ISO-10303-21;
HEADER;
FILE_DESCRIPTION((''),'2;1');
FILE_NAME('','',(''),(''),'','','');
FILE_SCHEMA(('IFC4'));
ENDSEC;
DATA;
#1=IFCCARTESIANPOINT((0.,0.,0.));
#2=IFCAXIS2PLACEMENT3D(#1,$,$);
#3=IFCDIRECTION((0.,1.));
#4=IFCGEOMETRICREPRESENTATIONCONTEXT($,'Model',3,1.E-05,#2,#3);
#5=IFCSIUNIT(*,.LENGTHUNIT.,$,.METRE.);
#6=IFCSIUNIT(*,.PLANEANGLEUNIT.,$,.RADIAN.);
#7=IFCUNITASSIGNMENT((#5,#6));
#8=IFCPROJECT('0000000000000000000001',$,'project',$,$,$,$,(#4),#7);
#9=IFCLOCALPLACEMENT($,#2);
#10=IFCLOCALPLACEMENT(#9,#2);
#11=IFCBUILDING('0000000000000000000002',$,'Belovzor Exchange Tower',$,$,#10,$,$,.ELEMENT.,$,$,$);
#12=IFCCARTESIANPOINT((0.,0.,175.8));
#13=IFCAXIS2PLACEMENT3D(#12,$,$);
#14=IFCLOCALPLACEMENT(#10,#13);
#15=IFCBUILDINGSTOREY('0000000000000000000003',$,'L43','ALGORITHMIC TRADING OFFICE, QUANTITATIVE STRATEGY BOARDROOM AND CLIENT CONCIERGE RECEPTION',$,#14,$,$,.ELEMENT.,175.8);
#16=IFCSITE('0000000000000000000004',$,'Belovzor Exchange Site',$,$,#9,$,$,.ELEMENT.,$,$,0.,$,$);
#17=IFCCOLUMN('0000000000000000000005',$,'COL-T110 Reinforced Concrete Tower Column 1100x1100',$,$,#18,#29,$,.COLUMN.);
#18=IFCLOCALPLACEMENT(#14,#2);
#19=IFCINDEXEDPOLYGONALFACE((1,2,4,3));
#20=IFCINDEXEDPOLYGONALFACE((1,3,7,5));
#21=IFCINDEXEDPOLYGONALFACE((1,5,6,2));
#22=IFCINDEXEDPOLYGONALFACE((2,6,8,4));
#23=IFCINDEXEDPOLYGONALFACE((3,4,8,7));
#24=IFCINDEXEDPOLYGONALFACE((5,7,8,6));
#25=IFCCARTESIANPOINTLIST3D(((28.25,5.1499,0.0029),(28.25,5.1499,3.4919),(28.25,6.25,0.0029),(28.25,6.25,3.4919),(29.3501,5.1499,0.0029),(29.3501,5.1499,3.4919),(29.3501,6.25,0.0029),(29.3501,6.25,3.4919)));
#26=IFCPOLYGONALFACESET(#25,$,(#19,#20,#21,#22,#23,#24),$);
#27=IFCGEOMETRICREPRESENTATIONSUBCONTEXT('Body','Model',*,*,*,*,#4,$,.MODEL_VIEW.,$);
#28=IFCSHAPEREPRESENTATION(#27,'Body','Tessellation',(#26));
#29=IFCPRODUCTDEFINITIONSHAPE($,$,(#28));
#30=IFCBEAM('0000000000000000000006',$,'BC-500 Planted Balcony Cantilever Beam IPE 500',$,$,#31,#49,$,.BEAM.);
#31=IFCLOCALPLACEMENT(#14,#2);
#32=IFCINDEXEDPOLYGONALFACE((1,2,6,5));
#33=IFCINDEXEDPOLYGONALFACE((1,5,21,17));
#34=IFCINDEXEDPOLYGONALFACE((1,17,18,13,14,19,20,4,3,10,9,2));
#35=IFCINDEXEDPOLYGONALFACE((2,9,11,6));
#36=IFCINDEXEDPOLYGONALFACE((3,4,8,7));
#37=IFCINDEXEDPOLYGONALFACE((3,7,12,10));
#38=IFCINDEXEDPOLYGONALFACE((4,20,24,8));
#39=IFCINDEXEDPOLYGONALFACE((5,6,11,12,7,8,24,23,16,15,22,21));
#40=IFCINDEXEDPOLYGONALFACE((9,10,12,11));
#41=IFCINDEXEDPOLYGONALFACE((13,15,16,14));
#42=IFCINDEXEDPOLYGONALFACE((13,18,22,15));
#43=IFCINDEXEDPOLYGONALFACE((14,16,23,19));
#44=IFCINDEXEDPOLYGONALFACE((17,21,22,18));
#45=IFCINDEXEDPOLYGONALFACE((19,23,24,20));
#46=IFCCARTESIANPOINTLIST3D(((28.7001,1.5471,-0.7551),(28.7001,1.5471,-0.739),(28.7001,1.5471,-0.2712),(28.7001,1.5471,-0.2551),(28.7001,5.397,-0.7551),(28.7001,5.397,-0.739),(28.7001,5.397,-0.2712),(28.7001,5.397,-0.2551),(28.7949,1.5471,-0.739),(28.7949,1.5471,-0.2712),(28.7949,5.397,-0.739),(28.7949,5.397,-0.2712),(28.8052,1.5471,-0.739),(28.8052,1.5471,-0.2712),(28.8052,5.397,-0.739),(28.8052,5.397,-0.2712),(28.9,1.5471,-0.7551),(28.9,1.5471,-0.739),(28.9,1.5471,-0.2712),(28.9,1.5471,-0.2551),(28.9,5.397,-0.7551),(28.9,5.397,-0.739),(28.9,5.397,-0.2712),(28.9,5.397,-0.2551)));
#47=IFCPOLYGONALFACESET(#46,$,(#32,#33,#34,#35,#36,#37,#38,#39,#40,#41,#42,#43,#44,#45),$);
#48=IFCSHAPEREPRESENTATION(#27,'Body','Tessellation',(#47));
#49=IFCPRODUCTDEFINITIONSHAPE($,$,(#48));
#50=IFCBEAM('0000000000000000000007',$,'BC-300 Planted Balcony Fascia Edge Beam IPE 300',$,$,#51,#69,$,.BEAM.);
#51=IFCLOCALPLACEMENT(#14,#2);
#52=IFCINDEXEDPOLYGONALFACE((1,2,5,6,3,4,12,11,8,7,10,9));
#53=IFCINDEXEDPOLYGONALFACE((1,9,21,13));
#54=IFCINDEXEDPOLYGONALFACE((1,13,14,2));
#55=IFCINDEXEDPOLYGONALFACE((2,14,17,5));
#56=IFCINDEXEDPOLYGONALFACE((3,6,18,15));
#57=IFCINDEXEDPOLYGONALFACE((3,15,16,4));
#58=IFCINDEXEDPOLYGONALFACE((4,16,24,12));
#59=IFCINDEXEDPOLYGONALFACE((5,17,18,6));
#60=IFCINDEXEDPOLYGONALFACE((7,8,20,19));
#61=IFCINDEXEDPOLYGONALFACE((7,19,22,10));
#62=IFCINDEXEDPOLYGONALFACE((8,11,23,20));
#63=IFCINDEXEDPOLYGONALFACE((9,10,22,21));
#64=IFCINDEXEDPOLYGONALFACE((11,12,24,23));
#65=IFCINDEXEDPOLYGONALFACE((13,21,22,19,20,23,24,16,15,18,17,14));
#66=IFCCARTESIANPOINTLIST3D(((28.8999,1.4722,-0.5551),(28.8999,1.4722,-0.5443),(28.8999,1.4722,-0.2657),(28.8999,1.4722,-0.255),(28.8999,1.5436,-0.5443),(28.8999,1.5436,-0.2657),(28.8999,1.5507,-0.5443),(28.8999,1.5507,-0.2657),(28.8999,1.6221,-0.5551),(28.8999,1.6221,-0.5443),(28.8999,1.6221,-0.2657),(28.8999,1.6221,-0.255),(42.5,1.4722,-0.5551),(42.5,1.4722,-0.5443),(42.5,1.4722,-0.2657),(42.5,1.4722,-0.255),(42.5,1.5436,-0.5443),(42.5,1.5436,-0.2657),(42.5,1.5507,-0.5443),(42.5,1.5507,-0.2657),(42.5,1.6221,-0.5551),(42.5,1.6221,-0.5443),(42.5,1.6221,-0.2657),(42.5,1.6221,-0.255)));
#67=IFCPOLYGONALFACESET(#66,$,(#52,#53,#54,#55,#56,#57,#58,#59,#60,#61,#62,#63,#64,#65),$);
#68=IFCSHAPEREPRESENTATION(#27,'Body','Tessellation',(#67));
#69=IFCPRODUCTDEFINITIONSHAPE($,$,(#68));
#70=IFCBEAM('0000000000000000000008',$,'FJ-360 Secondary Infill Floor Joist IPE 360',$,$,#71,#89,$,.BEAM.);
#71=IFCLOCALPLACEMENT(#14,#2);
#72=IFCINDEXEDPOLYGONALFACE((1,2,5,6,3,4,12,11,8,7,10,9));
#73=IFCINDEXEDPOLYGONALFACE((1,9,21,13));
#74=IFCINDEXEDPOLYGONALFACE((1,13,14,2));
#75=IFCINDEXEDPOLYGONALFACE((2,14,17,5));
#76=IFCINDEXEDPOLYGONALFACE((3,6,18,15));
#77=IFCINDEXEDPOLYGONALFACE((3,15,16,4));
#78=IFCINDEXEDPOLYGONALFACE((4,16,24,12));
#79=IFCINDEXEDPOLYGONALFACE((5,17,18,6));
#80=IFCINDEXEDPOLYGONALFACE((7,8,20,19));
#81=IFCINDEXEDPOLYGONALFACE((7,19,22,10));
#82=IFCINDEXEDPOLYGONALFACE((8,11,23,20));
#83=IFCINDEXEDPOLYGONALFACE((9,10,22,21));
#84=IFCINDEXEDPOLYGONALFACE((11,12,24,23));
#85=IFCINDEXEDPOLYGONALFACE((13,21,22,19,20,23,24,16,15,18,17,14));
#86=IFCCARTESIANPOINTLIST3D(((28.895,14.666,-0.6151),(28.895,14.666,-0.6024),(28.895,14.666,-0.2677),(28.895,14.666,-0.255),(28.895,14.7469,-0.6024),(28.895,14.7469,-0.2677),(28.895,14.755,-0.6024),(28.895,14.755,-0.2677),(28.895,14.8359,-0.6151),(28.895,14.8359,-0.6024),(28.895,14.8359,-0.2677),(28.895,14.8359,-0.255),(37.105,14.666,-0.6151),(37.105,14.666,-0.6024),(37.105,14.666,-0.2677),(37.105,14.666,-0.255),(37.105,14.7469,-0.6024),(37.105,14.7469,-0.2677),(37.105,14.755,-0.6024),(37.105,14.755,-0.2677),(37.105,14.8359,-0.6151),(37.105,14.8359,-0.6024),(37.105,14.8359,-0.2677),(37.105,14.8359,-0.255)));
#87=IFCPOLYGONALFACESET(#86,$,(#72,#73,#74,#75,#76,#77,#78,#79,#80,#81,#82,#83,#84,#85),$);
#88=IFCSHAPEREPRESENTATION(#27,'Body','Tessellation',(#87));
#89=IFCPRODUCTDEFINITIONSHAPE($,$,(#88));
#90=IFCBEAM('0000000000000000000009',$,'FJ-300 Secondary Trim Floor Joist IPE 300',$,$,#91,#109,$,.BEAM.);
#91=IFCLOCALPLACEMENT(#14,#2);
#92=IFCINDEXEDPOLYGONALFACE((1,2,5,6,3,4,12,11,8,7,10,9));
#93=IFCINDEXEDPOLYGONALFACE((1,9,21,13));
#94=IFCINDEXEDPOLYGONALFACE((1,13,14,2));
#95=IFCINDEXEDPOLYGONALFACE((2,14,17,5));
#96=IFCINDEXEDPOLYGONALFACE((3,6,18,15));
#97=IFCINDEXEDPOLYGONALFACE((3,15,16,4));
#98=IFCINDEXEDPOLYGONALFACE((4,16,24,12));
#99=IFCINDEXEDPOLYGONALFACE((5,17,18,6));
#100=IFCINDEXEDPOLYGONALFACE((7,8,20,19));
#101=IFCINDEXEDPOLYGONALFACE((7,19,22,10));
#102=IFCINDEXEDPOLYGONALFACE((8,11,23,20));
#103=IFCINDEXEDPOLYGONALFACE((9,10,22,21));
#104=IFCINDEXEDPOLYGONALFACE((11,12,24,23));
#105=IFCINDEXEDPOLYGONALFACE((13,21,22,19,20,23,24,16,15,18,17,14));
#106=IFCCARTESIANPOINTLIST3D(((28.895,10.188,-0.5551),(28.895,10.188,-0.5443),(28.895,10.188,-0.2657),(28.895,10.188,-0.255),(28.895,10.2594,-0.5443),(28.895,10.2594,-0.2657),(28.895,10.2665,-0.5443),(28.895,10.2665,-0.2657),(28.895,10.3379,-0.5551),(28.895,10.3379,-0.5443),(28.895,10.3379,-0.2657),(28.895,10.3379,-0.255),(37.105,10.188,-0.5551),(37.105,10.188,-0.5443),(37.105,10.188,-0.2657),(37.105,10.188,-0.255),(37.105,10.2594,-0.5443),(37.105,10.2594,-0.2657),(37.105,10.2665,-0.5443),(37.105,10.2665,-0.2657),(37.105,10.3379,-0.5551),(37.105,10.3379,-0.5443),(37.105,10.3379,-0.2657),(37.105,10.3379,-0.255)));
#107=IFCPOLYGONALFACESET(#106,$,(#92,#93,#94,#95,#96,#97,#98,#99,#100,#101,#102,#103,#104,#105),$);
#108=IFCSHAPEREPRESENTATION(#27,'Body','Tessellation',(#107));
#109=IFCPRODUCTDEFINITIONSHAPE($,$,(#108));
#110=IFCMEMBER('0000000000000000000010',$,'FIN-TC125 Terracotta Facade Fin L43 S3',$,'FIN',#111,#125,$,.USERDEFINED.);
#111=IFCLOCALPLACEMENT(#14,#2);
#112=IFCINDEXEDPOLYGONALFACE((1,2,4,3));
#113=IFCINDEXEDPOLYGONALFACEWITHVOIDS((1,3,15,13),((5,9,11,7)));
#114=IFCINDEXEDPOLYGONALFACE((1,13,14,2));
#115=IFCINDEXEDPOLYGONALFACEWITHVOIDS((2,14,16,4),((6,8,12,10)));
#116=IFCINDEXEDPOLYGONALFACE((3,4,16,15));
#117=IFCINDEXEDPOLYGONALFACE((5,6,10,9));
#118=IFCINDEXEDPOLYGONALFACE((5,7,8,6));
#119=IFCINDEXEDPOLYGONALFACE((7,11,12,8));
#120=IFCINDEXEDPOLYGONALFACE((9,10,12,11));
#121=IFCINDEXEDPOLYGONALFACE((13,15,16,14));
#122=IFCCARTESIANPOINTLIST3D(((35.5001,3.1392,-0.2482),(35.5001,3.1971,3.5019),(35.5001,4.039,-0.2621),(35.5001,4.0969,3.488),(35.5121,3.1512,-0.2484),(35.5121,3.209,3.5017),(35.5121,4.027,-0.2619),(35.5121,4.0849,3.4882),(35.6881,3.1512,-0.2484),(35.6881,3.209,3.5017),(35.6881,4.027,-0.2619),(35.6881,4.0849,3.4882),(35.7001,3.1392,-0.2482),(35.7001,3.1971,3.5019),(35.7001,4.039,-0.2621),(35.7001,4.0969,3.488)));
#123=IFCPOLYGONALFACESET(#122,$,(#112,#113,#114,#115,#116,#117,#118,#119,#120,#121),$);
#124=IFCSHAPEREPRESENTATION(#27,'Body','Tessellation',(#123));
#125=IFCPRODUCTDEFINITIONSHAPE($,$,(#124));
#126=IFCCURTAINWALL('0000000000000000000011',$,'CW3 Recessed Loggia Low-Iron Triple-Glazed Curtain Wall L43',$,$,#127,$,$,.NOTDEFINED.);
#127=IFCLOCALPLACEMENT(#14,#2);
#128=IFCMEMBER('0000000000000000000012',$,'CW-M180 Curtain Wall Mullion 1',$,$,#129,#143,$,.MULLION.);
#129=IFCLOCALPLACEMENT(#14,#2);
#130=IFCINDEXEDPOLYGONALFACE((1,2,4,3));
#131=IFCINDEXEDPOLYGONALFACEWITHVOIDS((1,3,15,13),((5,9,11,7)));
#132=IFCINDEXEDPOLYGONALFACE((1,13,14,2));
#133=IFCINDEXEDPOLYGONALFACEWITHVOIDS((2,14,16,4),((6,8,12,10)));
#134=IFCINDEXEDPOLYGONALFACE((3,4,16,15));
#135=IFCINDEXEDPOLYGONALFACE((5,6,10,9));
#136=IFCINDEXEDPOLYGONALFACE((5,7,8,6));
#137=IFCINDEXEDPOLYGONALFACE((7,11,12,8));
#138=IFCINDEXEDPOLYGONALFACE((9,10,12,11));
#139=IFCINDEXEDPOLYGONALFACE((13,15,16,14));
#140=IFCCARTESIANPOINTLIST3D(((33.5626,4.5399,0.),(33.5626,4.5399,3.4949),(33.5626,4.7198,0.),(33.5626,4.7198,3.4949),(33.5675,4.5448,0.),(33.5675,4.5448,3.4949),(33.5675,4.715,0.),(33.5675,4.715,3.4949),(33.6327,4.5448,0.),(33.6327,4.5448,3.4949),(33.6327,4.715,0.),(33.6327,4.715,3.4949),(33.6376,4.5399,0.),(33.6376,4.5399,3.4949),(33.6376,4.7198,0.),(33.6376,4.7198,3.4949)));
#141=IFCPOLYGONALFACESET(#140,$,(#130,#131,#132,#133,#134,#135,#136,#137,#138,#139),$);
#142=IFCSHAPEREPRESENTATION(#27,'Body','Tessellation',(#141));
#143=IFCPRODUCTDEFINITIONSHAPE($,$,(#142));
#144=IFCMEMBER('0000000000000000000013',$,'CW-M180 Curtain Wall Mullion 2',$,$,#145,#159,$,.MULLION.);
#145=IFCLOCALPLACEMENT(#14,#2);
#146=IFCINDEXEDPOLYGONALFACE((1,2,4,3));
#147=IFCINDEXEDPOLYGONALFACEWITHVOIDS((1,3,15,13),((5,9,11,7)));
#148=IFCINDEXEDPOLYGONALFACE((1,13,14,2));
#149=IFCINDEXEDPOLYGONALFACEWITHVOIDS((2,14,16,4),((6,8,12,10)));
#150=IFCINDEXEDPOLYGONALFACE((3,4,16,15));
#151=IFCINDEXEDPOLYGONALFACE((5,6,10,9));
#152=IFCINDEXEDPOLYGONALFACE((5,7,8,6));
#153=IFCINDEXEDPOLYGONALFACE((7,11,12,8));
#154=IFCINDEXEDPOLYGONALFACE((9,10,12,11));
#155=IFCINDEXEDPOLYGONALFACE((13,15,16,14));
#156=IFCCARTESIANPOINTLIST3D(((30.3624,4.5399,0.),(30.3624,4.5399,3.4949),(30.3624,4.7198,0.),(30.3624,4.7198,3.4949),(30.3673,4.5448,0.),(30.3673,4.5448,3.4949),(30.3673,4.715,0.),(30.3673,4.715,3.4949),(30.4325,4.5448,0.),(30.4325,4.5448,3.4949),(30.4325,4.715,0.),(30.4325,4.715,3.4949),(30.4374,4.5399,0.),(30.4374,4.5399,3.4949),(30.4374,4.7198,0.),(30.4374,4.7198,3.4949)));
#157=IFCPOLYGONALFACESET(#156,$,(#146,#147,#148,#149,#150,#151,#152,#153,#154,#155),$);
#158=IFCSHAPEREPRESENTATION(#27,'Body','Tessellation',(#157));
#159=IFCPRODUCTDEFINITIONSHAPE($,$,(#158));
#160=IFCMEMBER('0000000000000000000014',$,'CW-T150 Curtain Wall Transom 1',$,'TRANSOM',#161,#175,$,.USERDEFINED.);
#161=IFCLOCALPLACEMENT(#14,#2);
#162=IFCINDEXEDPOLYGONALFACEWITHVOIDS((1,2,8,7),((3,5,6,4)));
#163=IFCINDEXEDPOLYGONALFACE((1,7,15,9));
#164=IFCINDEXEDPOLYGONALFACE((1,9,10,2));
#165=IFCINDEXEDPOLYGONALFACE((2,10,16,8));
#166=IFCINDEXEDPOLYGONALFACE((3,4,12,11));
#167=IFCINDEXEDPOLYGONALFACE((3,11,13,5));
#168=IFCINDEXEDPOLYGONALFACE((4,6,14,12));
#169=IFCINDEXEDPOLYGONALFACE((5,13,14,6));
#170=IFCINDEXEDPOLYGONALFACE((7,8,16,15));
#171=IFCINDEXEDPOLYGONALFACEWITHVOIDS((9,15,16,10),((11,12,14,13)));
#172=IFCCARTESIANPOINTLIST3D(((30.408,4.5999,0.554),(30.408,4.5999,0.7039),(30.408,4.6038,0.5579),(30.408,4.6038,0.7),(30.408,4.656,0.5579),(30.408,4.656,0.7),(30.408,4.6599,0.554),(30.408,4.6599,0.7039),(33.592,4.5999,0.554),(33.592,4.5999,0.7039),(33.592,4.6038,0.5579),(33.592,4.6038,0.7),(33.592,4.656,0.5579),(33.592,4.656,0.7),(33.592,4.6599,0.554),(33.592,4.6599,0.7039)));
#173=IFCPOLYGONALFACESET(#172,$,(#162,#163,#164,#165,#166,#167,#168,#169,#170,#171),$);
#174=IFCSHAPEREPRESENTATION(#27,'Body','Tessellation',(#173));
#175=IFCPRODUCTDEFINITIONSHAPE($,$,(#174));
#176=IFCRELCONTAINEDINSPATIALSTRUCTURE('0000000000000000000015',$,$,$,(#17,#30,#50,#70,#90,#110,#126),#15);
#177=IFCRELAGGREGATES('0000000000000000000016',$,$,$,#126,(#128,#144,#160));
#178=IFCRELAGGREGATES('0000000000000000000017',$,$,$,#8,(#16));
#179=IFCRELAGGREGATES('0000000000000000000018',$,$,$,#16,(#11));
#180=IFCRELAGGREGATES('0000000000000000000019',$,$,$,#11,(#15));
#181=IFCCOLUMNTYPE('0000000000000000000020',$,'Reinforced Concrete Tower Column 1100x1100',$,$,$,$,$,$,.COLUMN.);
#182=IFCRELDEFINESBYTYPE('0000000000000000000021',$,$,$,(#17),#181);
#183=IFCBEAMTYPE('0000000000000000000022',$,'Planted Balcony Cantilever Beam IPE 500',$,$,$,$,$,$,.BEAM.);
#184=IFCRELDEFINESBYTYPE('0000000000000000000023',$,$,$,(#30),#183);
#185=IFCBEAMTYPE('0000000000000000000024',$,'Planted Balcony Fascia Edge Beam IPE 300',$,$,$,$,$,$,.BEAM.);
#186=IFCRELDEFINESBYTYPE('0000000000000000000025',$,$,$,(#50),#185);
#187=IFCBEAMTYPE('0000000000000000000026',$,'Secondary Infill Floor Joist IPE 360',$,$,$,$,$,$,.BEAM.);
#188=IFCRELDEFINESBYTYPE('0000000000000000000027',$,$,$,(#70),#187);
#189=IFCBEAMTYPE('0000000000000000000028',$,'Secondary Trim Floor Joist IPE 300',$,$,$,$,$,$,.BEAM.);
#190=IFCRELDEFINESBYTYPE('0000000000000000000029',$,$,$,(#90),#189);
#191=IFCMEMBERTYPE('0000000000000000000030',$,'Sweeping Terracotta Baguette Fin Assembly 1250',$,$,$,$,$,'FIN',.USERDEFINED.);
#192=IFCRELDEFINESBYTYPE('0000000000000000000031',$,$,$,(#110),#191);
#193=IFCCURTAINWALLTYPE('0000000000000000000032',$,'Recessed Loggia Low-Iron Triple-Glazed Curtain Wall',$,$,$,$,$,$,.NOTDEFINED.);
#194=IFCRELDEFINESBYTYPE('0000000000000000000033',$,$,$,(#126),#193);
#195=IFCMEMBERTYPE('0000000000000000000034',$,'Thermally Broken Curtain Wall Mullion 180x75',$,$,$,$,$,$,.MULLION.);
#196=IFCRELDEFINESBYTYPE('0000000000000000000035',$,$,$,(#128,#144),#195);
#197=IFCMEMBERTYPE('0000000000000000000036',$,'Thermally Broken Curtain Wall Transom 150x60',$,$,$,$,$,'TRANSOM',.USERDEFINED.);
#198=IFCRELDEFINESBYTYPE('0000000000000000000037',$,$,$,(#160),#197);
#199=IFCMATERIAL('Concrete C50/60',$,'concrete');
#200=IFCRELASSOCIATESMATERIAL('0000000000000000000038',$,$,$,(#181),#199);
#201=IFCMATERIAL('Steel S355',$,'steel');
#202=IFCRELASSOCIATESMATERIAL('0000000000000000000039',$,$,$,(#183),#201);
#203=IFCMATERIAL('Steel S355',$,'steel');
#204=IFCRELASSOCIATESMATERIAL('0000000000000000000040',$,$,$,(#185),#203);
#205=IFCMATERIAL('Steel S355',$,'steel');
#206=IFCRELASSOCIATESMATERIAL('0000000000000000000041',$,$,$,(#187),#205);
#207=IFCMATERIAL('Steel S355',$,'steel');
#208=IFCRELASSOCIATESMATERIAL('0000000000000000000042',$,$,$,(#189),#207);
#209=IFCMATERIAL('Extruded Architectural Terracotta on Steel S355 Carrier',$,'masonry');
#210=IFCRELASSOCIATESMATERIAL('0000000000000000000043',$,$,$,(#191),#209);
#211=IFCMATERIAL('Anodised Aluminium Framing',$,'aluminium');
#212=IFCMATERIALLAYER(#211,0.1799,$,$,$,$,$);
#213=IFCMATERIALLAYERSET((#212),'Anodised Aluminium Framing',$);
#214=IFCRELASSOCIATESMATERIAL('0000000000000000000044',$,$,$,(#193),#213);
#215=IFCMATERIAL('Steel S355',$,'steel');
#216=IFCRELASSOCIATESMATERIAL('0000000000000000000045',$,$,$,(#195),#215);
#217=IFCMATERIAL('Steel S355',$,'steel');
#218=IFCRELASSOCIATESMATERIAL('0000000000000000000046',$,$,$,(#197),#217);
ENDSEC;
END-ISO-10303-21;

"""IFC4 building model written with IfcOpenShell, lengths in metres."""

from ifc_helpers import new_model, si_unit, direction, frame, origin, origin_2d, place, context, subcontext, project, spatial, rectangle, hollow_rectangle, i_section, extrude, material, layer, layer_set, material_profile, profile_set, type_object, element, aggregate, save


model = new_model("IFC4")

# Units and contexts
model_context = context("Model", 3, precision=1e-05, world=origin(), true_north=direction((0.0, 1.0)))
body_context = subcontext(model_context, "Body", "Model", "MODEL_VIEW")
ifc_project = project(units=[si_unit("LENGTHUNIT", "METRE"), si_unit("PLANEANGLEUNIT", "RADIAN")], contexts=[model_context])

# Site, building, storey
site_placement = place(None, origin())
site = spatial("IfcSite", under=ifc_project, at=site_placement, Name="Belovzor Exchange Site", CompositionType="ELEMENT", RefElevation=0.0)
building_placement = place(site_placement, origin())
building = spatial("IfcBuilding", under=site, at=building_placement, Name="Belovzor Exchange Tower", CompositionType="ELEMENT")
storey_placement = place(building_placement, frame((0.0, 0.0, 175.8)))
storey = spatial("IfcBuildingStorey", under=building, at=storey_placement, Name="L43", Description="ALGORITHMIC TRADING OFFICE, QUANTITATIVE STRATEGY BOARDROOM AND CLIENT CONCIERGE RECEPTION", CompositionType="ELEMENT", Elevation=175.8)

# Column
ifc_material_1 = material(Name="Concrete C50/60", Category="concrete")
ifc_material_profile_1 = material_profile(ifc_material_1, rectangle(XDim=1.1001, YDim=1.1001, at=origin_2d()))
ifc_profile_set_1 = profile_set([ifc_material_profile_1], Name="Concrete C50/60")
column_type = type_object("IfcColumnType", Name="Reinforced Concrete Tower Column 1100x1100", PredefinedType="COLUMN", material=ifc_profile_set_1)
column_placement = place(storey_placement, frame((28.8, 5.7, 0.0029), z_axis=(0.0, 0.0, 1.0), x_axis=(1.0, 0.0, 0.0)))
element("IfcColumn", 1, at=column_placement, inside=storey, type_object=column_type, Name="COL-T110 Reinforced Concrete Tower Column 1100x1100", PredefinedType="COLUMN", context=body_context, shape_type="SweptSolid", body=[
    extrude(rectangle(XDim=1.1001, YDim=1.1001, at=origin_2d()), origin(), (0.0, 0.0, 1.0), 3.489),
])

# Beams
ifc_material_2 = material(Name="Steel S355", Category="steel")
ifc_material_profile_2 = material_profile(ifc_material_2, i_section(OverallWidth=0.2, OverallDepth=0.5, WebThickness=0.0103, FlangeThickness=0.0161, at=origin_2d()))
ifc_profile_set_2 = profile_set([ifc_material_profile_2], Name="Steel S355")
beam_type_1 = type_object("IfcBeamType", Name="Planted Balcony Cantilever Beam IPE 500", PredefinedType="BEAM", material=ifc_profile_set_2)
beam_1_placement = place(storey_placement, frame((28.8, 5.397, -0.5051), z_axis=(0.0, -1.0, 0.0), x_axis=(1.0, 0.0, 0.0)))
element("IfcBeam", 2, at=beam_1_placement, inside=storey, type_object=beam_type_1, Name="BC-500 Planted Balcony Cantilever Beam IPE 500", PredefinedType="BEAM", context=body_context, shape_type="SweptSolid", body=[
    extrude(i_section(OverallWidth=0.2, OverallDepth=0.5, WebThickness=0.0103, FlangeThickness=0.0161, at=origin_2d()), origin(), (0.0, 0.0, 1.0), 3.8499),
])
ifc_material_3 = material(Name="Steel S355", Category="steel")
ifc_material_profile_3 = material_profile(ifc_material_3, i_section(OverallWidth=0.1499, OverallDepth=0.3, WebThickness=0.0071, FlangeThickness=0.0107, at=origin_2d()))
ifc_profile_set_3 = profile_set([ifc_material_profile_3], Name="Steel S355")
beam_type_2 = type_object("IfcBeamType", Name="Planted Balcony Fascia Edge Beam IPE 300", PredefinedType="BEAM", material=ifc_profile_set_3)
beam_2_placement = place(storey_placement, frame((28.8999, 1.5471, -0.405), z_axis=(1.0, 0.0, 0.0), x_axis=(0.0, 1.0, 0.0)))
element("IfcBeam", 3, at=beam_2_placement, inside=storey, type_object=beam_type_2, Name="BC-300 Planted Balcony Fascia Edge Beam IPE 300", PredefinedType="BEAM", context=body_context, shape_type="SweptSolid", body=[
    extrude(i_section(OverallWidth=0.1499, OverallDepth=0.3, WebThickness=0.0071, FlangeThickness=0.0107, at=origin_2d()), origin(), (0.0, 0.0, 1.0), 13.6001),
])
ifc_material_4 = material(Name="Steel S355", Category="steel")
ifc_material_profile_4 = material_profile(ifc_material_4, i_section(OverallWidth=0.1699, OverallDepth=0.3601, WebThickness=0.0081, FlangeThickness=0.0127, at=origin_2d()))
ifc_profile_set_4 = profile_set([ifc_material_profile_4], Name="Steel S355")
beam_type_3 = type_object("IfcBeamType", Name="Secondary Infill Floor Joist IPE 360", PredefinedType="BEAM", material=ifc_profile_set_4)
beam_3_placement = place(storey_placement, frame((28.895, 14.751, -0.4351), z_axis=(1.0, 0.0, 0.0), x_axis=(0.0, 1.0, 0.0)))
element("IfcBeam", 4, at=beam_3_placement, inside=storey, type_object=beam_type_3, Name="FJ-360 Secondary Infill Floor Joist IPE 360", PredefinedType="BEAM", context=body_context, shape_type="SweptSolid", body=[
    extrude(i_section(OverallWidth=0.1699, OverallDepth=0.3601, WebThickness=0.0081, FlangeThickness=0.0127, at=origin_2d()), origin(), (0.0, 0.0, 1.0), 8.21),
])
ifc_material_5 = material(Name="Steel S355", Category="steel")
ifc_material_profile_5 = material_profile(ifc_material_5, i_section(OverallWidth=0.1499, OverallDepth=0.3, WebThickness=0.0071, FlangeThickness=0.0107, at=origin_2d()))
ifc_profile_set_5 = profile_set([ifc_material_profile_5], Name="Steel S355")
beam_type_4 = type_object("IfcBeamType", Name="Secondary Trim Floor Joist IPE 300", PredefinedType="BEAM", material=ifc_profile_set_5)
beam_4_placement = place(storey_placement, frame((28.895, 10.2629, -0.405), z_axis=(1.0, 0.0, 0.0), x_axis=(0.0, 1.0, 0.0)))
element("IfcBeam", 5, at=beam_4_placement, inside=storey, type_object=beam_type_4, Name="FJ-300 Secondary Trim Floor Joist IPE 300", PredefinedType="BEAM", context=body_context, shape_type="SweptSolid", body=[
    extrude(i_section(OverallWidth=0.1499, OverallDepth=0.3, WebThickness=0.0071, FlangeThickness=0.0107, at=origin_2d()), origin(), (0.0, 0.0, 1.0), 8.21),
])

# Member
ifc_material_6 = material(Name="Extruded Architectural Terracotta on Steel S355 Carrier", Category="masonry")
ifc_material_profile_6 = material_profile(ifc_material_6, hollow_rectangle(XDim=0.2, YDim=0.8999, WallThickness=0.012, at=origin_2d()))
ifc_profile_set_6 = profile_set([ifc_material_profile_6], Name="Extruded Architectural Terracotta on Steel S355 Carrier")
member_type_1 = type_object("IfcMemberType", Name="Sweeping Terracotta Baguette Fin Assembly 1250", ElementType="FIN", PredefinedType="USERDEFINED", material=ifc_profile_set_6)
member_1_placement = place(storey_placement, frame((35.6001, 3.5891, -0.2551), z_axis=(0.0, 0.015428, 0.999881), x_axis=(-1.0, 0.0, 0.0)))
element("IfcMember", 6, at=member_1_placement, inside=storey, type_object=member_type_1, Name="FIN-TC125 Terracotta Facade Fin L43 S3", ObjectType="FIN", PredefinedType="USERDEFINED", context=body_context, shape_type="SweptSolid", body=[
    extrude(hollow_rectangle(XDim=0.2, YDim=0.8999, WallThickness=0.012, at=origin_2d()), origin(), (0.0, 0.0, 1.0), 3.7505),
])

# Curtain wall, members
ifc_material_7 = material(Name="Anodised Aluminium Framing", Category="aluminium")
ifc_layer_1 = layer(ifc_material_7, 0.1799)
ifc_layer_set_1 = layer_set([ifc_layer_1], Name="Anodised Aluminium Framing")
curtain_wall_type = type_object("IfcCurtainWallType", Name="Recessed Loggia Low-Iron Triple-Glazed Curtain Wall", PredefinedType="NOTDEFINED", material=ifc_layer_set_1)
curtain_wall_placement = place(storey_placement, origin())
curtain_wall = element("IfcCurtainWall", 7, at=curtain_wall_placement, inside=storey, type_object=curtain_wall_type, Name="CW3 Recessed Loggia Low-Iron Triple-Glazed Curtain Wall L43", PredefinedType="NOTDEFINED")
ifc_material_8 = material(Name="Steel S355", Category="steel")
ifc_material_profile_7 = material_profile(ifc_material_8, hollow_rectangle(XDim=0.075, YDim=0.1799, WallThickness=0.0049, at=origin_2d()))
ifc_profile_set_7 = profile_set([ifc_material_profile_7], Name="Steel S355")
member_type_2 = type_object("IfcMemberType", Name="Thermally Broken Curtain Wall Mullion 180x75", PredefinedType="MULLION", material=ifc_profile_set_7)
member_2_placement = place(storey_placement, frame((33.6001, 4.6299, 0.0), z_axis=(0.0, 0.0, 1.0), x_axis=(-1.0, 0.0, 0.0)))
member_2 = element("IfcMember", 8, at=member_2_placement, type_object=member_type_2, Name="CW-M180 Curtain Wall Mullion 1", PredefinedType="MULLION", context=body_context, shape_type="SweptSolid", body=[
    extrude(hollow_rectangle(XDim=0.075, YDim=0.1799, WallThickness=0.0049, at=origin_2d()), origin(), (0.0, 0.0, 1.0), 3.4949),
])
member_3_placement = place(storey_placement, frame((30.3999, 4.6299, 0.0), z_axis=(0.0, 0.0, 1.0), x_axis=(-1.0, 0.0, 0.0)))
member_3 = element("IfcMember", 9, at=member_3_placement, type_object=member_type_2, Name="CW-M180 Curtain Wall Mullion 2", PredefinedType="MULLION", context=body_context, shape_type="SweptSolid", body=[
    extrude(hollow_rectangle(XDim=0.075, YDim=0.1799, WallThickness=0.0049, at=origin_2d()), origin(), (0.0, 0.0, 1.0), 3.4949),
])
ifc_material_9 = material(Name="Steel S355", Category="steel")
ifc_material_profile_8 = material_profile(ifc_material_9, hollow_rectangle(XDim=0.0601, YDim=0.1499, WallThickness=0.0039, at=origin_2d()))
ifc_profile_set_8 = profile_set([ifc_material_profile_8], Name="Steel S355")
member_type_3 = type_object("IfcMemberType", Name="Thermally Broken Curtain Wall Transom 150x60", ElementType="TRANSOM", PredefinedType="USERDEFINED", material=ifc_profile_set_8)
member_4_placement = place(storey_placement, frame((33.592, 4.6299, 0.6289), z_axis=(-1.0, 0.0, 0.0), x_axis=(0.0, -1.0, 0.0)))
member_4 = element("IfcMember", 10, at=member_4_placement, type_object=member_type_3, Name="CW-T150 Curtain Wall Transom 1", ObjectType="TRANSOM", PredefinedType="USERDEFINED", context=body_context, shape_type="SweptSolid", body=[
    extrude(hollow_rectangle(XDim=0.0601, YDim=0.1499, WallThickness=0.0039, at=origin_2d()), origin(), (0.0, 0.0, 1.0), 3.1841),
])

aggregate(curtain_wall, [member_2, member_3, member_4])

save(model, "model.ifc")
